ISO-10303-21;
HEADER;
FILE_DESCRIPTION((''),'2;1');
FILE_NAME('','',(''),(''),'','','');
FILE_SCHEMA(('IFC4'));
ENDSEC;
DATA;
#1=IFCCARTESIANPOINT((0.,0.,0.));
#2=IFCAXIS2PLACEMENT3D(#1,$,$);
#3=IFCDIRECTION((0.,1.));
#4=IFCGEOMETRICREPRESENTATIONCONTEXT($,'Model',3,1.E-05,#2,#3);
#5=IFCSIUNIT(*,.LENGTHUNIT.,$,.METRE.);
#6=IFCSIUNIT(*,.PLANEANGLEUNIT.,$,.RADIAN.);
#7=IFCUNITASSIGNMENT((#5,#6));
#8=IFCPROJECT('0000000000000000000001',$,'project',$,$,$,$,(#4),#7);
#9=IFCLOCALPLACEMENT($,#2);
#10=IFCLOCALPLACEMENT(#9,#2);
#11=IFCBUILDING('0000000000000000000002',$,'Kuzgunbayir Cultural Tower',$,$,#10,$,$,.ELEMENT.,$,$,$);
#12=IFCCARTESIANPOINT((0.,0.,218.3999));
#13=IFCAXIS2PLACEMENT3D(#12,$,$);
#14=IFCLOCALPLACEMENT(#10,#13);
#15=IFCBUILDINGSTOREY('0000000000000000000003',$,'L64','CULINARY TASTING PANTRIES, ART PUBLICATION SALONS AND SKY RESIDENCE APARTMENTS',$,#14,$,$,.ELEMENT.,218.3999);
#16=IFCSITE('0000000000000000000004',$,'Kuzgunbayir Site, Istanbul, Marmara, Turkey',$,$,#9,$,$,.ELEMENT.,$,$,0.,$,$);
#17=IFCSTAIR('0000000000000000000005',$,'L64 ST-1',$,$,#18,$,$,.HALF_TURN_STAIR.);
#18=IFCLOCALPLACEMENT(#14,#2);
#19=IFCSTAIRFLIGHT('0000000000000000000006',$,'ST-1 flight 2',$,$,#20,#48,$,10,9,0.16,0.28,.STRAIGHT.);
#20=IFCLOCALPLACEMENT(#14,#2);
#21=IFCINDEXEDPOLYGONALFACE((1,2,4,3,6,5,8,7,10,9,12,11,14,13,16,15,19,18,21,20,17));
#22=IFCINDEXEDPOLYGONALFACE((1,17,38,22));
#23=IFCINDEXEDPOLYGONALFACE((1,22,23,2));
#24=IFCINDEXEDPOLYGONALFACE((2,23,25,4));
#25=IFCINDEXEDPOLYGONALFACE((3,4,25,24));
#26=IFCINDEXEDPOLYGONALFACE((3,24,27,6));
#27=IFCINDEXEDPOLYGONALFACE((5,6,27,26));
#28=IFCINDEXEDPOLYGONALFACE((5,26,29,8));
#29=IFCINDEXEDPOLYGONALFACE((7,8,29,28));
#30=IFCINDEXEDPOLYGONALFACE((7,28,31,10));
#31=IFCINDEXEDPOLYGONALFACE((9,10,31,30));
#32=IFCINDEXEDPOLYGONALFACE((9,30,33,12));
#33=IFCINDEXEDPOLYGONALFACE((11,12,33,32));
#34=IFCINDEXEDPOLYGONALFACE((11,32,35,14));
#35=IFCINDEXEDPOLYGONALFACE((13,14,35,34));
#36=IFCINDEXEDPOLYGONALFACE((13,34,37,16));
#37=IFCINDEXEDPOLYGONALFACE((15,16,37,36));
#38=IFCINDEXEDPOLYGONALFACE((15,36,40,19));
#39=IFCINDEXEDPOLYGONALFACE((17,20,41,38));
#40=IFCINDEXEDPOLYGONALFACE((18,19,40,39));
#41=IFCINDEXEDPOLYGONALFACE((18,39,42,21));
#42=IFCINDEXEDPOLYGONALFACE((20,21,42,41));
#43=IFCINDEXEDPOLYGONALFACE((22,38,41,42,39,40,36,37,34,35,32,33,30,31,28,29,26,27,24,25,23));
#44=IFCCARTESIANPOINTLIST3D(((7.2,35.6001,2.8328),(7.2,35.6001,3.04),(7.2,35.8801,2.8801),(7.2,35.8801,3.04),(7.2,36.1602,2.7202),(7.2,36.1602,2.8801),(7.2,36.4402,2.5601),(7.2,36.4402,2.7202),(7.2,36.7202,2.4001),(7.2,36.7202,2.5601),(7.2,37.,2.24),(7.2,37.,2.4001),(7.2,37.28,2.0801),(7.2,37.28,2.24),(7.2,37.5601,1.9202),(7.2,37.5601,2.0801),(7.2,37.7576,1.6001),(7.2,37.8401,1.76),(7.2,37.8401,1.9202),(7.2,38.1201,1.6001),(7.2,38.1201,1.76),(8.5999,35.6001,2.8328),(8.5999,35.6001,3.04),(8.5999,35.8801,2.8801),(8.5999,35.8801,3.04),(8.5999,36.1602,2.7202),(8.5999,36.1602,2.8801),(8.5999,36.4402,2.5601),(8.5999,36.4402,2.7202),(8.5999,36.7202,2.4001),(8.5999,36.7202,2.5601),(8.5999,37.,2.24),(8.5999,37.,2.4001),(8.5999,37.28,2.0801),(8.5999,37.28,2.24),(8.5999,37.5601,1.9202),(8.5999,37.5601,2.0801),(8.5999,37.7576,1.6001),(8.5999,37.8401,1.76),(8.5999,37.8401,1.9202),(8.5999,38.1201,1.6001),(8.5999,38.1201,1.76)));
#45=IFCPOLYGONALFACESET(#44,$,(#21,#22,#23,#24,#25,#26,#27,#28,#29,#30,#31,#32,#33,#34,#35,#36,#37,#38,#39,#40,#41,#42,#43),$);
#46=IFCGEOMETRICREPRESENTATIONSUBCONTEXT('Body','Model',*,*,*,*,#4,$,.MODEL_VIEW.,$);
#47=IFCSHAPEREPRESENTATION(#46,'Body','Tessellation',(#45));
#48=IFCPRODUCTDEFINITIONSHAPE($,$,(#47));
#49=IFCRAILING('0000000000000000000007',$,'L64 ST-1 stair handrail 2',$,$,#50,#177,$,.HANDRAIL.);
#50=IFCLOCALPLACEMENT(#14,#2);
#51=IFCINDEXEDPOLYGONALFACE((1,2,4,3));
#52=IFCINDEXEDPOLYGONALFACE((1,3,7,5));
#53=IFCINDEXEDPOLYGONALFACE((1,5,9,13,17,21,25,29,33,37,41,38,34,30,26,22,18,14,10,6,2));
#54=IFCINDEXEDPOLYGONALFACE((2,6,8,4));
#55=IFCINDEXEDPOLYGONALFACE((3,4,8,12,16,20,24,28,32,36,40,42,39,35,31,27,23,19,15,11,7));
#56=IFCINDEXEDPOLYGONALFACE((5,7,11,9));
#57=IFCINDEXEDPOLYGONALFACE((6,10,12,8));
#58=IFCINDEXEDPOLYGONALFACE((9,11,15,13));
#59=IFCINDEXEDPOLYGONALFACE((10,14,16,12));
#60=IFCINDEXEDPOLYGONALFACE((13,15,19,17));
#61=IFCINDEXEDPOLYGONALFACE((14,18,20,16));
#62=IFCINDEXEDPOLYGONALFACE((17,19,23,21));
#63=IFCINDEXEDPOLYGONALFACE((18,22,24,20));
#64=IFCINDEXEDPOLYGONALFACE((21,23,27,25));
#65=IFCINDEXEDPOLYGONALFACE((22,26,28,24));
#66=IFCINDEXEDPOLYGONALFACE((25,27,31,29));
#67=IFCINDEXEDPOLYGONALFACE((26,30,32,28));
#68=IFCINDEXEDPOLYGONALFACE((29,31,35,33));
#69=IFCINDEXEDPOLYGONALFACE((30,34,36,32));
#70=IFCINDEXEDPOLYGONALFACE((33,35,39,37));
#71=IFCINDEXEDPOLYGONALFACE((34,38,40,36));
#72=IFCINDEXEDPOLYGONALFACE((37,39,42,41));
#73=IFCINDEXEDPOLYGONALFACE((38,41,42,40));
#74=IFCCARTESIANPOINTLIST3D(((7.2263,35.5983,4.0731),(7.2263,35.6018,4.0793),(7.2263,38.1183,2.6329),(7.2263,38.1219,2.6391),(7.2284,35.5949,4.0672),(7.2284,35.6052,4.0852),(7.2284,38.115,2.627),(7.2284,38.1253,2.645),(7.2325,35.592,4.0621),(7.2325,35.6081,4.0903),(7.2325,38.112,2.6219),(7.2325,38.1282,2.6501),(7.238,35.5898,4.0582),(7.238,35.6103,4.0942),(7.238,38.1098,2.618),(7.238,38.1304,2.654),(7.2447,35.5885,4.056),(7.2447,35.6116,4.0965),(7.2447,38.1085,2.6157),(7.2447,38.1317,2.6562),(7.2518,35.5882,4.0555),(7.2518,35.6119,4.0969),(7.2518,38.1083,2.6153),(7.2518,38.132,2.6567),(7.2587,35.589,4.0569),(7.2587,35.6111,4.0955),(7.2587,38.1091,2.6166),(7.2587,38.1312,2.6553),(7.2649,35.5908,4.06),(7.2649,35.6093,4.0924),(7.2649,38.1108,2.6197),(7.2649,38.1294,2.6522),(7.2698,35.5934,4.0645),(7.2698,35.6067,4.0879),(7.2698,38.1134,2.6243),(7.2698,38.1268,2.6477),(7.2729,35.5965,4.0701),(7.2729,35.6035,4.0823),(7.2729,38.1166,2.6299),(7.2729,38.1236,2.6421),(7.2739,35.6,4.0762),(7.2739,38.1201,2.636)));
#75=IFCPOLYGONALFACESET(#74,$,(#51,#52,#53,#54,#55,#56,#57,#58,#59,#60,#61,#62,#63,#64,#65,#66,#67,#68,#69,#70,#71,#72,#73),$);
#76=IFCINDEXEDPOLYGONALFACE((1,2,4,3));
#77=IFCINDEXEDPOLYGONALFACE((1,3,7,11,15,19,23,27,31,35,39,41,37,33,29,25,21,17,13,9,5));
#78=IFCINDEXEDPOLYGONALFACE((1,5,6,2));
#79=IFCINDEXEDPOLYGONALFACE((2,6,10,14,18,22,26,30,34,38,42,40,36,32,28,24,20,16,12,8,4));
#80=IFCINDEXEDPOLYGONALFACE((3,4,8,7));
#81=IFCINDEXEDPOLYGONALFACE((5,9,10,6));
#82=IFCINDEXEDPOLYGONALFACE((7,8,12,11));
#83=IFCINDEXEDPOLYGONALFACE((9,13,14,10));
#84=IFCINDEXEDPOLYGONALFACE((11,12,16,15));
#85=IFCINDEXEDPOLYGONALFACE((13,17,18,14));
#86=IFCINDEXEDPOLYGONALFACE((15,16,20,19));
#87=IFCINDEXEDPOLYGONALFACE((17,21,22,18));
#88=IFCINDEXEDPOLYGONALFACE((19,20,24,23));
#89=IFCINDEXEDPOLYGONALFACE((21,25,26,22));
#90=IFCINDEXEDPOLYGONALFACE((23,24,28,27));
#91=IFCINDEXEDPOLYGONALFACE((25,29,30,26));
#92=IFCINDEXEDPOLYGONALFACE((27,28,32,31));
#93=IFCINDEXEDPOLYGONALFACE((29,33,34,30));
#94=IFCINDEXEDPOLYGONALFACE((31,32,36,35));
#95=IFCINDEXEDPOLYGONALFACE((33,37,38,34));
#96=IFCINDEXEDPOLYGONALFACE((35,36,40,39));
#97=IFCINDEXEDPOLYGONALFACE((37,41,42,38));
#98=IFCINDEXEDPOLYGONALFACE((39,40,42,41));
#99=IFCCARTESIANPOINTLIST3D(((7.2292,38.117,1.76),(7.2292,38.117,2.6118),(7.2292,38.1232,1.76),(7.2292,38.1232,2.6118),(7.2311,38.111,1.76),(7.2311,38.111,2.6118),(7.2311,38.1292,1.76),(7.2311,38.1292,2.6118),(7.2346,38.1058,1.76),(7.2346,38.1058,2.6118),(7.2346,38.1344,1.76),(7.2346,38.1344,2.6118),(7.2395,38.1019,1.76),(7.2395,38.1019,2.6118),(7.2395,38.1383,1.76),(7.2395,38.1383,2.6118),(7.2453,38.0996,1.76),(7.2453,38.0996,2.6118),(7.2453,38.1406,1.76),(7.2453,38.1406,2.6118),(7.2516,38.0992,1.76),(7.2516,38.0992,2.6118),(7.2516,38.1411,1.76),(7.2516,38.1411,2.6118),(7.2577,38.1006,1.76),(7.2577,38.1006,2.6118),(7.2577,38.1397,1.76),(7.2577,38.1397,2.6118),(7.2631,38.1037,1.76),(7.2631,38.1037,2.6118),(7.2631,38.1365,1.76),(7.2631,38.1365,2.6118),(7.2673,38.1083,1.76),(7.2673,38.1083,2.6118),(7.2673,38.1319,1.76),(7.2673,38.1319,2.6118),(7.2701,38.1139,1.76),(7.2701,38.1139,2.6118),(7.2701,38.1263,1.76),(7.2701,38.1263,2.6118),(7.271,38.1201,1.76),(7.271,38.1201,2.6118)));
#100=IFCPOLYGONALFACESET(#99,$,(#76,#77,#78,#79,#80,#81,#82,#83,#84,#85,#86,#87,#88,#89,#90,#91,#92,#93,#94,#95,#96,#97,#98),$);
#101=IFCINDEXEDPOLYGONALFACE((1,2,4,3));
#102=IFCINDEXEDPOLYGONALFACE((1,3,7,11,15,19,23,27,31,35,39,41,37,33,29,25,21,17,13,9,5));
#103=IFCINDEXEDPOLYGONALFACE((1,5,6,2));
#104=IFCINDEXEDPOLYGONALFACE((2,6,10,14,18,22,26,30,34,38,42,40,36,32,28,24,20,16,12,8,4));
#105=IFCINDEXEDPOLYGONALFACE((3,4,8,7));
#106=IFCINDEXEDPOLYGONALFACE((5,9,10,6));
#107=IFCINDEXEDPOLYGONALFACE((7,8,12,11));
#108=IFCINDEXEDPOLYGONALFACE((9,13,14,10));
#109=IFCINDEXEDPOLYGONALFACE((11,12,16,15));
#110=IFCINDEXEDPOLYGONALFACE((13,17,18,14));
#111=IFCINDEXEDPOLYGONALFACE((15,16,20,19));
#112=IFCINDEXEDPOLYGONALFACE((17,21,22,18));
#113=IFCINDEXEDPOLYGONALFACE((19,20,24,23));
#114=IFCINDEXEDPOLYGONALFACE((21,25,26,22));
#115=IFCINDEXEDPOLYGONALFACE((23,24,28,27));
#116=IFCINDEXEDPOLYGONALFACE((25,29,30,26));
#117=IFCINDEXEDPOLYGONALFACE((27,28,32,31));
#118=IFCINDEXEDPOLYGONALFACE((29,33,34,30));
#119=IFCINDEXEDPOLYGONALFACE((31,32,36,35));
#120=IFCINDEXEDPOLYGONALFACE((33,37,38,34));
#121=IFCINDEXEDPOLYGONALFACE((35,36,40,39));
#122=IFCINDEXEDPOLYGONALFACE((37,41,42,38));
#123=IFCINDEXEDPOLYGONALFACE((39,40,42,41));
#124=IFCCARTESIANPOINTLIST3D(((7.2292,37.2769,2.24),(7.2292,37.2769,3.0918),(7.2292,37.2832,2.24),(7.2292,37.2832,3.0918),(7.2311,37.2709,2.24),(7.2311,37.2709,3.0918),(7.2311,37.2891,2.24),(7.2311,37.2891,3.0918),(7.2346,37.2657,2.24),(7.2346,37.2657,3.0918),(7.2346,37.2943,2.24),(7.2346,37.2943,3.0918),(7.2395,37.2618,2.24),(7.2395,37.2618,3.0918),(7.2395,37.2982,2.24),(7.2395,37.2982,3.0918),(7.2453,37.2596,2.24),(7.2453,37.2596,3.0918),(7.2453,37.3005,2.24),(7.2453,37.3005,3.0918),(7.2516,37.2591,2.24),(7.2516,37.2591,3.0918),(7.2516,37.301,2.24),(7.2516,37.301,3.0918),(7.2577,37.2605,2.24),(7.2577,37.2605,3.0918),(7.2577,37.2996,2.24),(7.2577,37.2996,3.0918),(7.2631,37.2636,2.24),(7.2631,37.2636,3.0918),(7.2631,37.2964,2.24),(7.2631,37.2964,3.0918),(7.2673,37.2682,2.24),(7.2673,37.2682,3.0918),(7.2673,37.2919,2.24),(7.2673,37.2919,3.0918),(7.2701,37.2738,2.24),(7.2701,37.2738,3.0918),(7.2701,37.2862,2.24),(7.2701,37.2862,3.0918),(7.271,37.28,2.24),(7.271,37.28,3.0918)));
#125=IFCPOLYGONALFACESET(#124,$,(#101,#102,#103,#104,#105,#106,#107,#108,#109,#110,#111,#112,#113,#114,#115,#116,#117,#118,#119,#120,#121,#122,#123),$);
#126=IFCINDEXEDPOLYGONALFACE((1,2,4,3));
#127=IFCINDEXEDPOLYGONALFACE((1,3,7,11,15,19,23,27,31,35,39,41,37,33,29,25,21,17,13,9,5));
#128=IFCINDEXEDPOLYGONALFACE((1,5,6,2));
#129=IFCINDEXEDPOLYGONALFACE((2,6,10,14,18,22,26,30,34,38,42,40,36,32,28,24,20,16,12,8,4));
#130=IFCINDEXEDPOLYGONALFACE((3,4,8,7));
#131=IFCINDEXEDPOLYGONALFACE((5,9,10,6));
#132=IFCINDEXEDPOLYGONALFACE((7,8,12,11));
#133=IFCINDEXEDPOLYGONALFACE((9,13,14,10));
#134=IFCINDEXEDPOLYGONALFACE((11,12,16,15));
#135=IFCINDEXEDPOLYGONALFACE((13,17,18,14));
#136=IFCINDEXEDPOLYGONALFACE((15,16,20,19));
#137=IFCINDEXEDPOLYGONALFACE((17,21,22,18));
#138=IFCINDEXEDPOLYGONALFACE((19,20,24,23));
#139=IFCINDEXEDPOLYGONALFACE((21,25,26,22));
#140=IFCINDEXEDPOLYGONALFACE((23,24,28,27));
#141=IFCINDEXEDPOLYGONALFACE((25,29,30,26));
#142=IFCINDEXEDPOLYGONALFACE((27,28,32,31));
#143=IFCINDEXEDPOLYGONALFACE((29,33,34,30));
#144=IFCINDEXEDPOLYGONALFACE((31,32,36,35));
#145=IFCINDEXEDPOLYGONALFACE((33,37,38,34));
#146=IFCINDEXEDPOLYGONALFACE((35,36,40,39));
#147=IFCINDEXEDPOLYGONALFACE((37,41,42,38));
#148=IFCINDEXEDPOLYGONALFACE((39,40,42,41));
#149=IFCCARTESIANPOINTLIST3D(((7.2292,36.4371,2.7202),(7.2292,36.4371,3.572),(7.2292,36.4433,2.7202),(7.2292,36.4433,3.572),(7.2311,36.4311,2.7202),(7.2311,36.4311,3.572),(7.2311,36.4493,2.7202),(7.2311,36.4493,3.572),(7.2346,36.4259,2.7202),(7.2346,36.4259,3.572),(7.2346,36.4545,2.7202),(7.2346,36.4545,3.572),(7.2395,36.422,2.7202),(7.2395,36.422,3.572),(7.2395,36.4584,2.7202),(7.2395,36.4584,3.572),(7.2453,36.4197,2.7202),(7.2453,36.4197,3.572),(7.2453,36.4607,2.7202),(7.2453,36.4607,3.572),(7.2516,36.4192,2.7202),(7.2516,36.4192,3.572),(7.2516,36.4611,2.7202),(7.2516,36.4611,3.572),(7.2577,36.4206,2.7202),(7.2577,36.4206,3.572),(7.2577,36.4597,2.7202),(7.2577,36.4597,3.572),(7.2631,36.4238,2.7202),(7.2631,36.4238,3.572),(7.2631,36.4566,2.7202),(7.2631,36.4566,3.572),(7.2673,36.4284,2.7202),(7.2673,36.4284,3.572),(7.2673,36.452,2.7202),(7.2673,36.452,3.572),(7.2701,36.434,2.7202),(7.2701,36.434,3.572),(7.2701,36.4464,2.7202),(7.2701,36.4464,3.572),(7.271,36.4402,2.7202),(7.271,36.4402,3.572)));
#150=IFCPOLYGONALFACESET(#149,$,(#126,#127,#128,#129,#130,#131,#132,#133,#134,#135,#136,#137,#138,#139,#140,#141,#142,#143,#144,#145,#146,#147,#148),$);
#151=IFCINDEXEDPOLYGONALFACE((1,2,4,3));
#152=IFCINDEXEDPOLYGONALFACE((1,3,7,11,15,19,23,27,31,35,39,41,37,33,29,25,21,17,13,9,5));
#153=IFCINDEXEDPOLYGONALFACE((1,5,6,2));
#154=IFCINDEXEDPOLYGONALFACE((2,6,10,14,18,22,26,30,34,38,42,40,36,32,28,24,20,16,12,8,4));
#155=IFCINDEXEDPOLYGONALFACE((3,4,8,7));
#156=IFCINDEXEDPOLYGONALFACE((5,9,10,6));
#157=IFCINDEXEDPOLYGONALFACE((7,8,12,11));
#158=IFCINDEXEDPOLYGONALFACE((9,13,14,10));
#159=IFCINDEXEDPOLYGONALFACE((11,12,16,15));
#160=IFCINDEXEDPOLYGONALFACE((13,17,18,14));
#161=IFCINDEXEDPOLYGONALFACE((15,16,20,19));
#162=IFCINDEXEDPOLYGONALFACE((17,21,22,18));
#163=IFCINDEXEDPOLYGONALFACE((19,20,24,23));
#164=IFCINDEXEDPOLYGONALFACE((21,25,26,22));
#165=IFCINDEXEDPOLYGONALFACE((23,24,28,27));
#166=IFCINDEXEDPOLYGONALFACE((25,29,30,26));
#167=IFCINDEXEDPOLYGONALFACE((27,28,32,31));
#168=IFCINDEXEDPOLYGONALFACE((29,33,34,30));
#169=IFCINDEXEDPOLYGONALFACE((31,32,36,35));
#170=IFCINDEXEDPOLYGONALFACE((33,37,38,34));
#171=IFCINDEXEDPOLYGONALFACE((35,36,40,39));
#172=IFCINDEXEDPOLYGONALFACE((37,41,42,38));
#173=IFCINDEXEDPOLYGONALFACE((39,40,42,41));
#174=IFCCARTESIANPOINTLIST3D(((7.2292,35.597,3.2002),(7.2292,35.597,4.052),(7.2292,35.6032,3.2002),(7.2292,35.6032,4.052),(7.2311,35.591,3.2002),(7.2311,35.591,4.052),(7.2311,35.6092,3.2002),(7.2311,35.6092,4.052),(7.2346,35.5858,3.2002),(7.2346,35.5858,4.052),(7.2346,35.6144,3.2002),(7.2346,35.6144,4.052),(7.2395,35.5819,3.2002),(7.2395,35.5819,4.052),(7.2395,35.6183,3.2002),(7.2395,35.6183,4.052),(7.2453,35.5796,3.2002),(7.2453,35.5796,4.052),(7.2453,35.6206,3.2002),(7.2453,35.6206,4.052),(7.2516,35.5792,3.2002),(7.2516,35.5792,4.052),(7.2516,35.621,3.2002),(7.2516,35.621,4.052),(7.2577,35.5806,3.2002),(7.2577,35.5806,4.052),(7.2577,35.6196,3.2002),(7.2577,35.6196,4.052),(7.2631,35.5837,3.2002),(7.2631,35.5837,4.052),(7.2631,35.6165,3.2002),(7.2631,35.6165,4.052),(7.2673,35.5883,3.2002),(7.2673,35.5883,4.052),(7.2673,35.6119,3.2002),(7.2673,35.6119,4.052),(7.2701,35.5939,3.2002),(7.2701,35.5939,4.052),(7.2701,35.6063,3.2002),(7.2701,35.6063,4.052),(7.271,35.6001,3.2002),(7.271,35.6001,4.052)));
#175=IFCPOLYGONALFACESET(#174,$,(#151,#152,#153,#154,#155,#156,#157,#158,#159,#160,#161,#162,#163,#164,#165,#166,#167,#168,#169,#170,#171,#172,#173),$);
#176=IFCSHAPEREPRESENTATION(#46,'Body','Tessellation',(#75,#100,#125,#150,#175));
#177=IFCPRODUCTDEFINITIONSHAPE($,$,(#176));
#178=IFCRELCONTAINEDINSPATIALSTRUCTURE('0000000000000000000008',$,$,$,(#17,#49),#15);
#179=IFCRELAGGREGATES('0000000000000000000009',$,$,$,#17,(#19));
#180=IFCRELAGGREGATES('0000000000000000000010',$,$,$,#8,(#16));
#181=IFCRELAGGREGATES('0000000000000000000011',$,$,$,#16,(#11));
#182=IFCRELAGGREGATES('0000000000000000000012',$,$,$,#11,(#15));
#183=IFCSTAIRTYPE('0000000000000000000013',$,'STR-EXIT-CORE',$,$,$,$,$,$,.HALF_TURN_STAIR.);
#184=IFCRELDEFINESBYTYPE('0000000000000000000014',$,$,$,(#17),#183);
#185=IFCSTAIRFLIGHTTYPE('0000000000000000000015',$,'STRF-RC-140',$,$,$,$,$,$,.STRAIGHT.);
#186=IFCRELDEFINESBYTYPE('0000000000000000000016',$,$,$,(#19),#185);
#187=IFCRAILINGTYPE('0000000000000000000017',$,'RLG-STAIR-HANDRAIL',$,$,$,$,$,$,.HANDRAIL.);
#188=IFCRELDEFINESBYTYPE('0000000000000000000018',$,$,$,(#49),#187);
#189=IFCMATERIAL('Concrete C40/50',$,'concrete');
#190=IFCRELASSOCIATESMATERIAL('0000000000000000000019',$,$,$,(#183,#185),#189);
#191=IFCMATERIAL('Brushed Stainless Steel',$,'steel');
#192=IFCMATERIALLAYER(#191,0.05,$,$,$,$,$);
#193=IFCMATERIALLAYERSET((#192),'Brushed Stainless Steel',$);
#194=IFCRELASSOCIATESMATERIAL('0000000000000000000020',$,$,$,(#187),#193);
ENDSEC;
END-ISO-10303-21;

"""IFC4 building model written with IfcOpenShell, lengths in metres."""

from ifc_helpers import new_model, si_unit, direction, frame, origin, origin_2d, place, context, subcontext, project, spatial, polyline, circle, outline, extrude, material, layer, layer_set, type_object, element, aggregate, save


model = new_model("IFC4")

# Units and contexts
model_context = context("Model", 3, precision=1e-05, world=origin(), true_north=direction((0.0, 1.0)))
body_context = subcontext(model_context, "Body", "Model", "MODEL_VIEW")
ifc_project = project(units=[si_unit("LENGTHUNIT", "METRE"), si_unit("PLANEANGLEUNIT", "RADIAN")], contexts=[model_context])

# Site, building, storey
site_placement = place(None, origin())
site = spatial("IfcSite", under=ifc_project, at=site_placement, Name="Kuzgunbayir Site, Istanbul, Marmara, Turkey", CompositionType="ELEMENT", RefElevation=0.0)
building_placement = place(site_placement, origin())
building = spatial("IfcBuilding", under=site, at=building_placement, Name="Kuzgunbayir Cultural Tower", CompositionType="ELEMENT")
storey_placement = place(building_placement, frame((0.0, 0.0, 218.3999)))
storey = spatial("IfcBuildingStorey", under=building, at=storey_placement, Name="L64", Description="CULINARY TASTING PANTRIES, ART PUBLICATION SALONS AND SKY RESIDENCE APARTMENTS", CompositionType="ELEMENT", Elevation=218.3999)

# Shared definitions
ifc_material_1 = material(Name="Concrete C40/50", Category="concrete")

# Stair, stair flight
stair_type = type_object("IfcStairType", Name="STR-EXIT-CORE", PredefinedType="HALF_TURN_STAIR", material=ifc_material_1)
stair_placement = place(storey_placement, origin())
stair = element("IfcStair", 1, at=stair_placement, inside=storey, type_object=stair_type, Name="L64 ST-1", PredefinedType="HALF_TURN_STAIR")
stair_flight_type = type_object("IfcStairFlightType", Name="STRF-RC-140", PredefinedType="STRAIGHT", material=ifc_material_1)
stair_flight_placement = place(storey_placement, frame((7.8999, 38.1201, 1.6001), z_axis=(0.0, 0.0, 1.0), x_axis=(0.0, -1.0, 0.0)))
stair_flight = element("IfcStairFlight", 2, at=stair_flight_placement, type_object=stair_flight_type, Name="ST-1 flight 2", NumberOfRisers=10, NumberOfTreads=9, PredefinedType="STRAIGHT", RiserHeight=0.16, TreadLength=0.28, context=body_context, shape_type="SweptSolid", body=[
    extrude(outline(polyline([(0.0, 0.0), (0.0, 0.1599), (0.28, 0.1599), (0.28, 0.3201), (0.5601, 0.3201), (0.5601, 0.48), (0.8401, 0.48), (0.8401, 0.6399), (1.1201, 0.6399), (1.1201, 0.8), (1.3999, 0.8), (1.3999, 0.96), (1.6799, 0.96), (1.6799, 1.1201), (1.96, 1.1201), (1.96, 1.28), (2.24, 1.28), (2.24, 1.4399), (2.52, 1.4399), (2.52, 1.6001), (2.52, 1.2327), (0.3625, 0.0), (0.0, 0.0)])), frame((0.0, 0.7, 0.0), z_axis=(0.0, -1.0, 0.0), x_axis=(1.0, 0.0, 0.0)), (0.0, 0.0, 1.0), 1.3999),
])
aggregate(stair, [stair_flight])

# Railing
ifc_material_2 = material(Name="Brushed Stainless Steel", Category="steel")
ifc_layer_1 = layer(ifc_material_2, 0.05)
ifc_layer_set_1 = layer_set([ifc_layer_1], Name="Brushed Stainless Steel")
railing_type_1 = type_object("IfcRailingType", Name="RLG-STAIR-HANDRAIL", PredefinedType="HANDRAIL", material=ifc_layer_set_1)
railing_1_placement = place(storey_placement, frame((7.25, 38.1201, 1.76)))
element("IfcRailing", 3, at=railing_1_placement, inside=storey, type_object=railing_type_1, Name="L64 ST-1 stair handrail 2", PredefinedType="HANDRAIL", context=body_context, shape_type="SweptSolid", body=[
    extrude(circle(Radius=0.0239, at=origin_2d()), frame((0.0, 0.0, 0.876), z_axis=(0.0, -0.868217, 0.496184), x_axis=(1.0, 0.0, 0.0)), (0.0, 0.0, 1.0), 2.9026),
    extrude(circle(Radius=0.021, at=origin_2d()), origin(), (0.0, 0.0, 1.0), 0.8518),
    extrude(circle(Radius=0.021, at=origin_2d()), frame((0.0, -0.8401, 0.48)), (0.0, 0.0, 1.0), 0.8518),
    extrude(circle(Radius=0.021, at=origin_2d()), frame((0.0, -1.6799, 0.9602)), (0.0, 0.0, 1.0), 0.8518),
    extrude(circle(Radius=0.021, at=origin_2d()), frame((0.0, -2.52, 1.4402)), (0.0, 0.0, 1.0), 0.8518),
])

save(model, "model.ifc")
